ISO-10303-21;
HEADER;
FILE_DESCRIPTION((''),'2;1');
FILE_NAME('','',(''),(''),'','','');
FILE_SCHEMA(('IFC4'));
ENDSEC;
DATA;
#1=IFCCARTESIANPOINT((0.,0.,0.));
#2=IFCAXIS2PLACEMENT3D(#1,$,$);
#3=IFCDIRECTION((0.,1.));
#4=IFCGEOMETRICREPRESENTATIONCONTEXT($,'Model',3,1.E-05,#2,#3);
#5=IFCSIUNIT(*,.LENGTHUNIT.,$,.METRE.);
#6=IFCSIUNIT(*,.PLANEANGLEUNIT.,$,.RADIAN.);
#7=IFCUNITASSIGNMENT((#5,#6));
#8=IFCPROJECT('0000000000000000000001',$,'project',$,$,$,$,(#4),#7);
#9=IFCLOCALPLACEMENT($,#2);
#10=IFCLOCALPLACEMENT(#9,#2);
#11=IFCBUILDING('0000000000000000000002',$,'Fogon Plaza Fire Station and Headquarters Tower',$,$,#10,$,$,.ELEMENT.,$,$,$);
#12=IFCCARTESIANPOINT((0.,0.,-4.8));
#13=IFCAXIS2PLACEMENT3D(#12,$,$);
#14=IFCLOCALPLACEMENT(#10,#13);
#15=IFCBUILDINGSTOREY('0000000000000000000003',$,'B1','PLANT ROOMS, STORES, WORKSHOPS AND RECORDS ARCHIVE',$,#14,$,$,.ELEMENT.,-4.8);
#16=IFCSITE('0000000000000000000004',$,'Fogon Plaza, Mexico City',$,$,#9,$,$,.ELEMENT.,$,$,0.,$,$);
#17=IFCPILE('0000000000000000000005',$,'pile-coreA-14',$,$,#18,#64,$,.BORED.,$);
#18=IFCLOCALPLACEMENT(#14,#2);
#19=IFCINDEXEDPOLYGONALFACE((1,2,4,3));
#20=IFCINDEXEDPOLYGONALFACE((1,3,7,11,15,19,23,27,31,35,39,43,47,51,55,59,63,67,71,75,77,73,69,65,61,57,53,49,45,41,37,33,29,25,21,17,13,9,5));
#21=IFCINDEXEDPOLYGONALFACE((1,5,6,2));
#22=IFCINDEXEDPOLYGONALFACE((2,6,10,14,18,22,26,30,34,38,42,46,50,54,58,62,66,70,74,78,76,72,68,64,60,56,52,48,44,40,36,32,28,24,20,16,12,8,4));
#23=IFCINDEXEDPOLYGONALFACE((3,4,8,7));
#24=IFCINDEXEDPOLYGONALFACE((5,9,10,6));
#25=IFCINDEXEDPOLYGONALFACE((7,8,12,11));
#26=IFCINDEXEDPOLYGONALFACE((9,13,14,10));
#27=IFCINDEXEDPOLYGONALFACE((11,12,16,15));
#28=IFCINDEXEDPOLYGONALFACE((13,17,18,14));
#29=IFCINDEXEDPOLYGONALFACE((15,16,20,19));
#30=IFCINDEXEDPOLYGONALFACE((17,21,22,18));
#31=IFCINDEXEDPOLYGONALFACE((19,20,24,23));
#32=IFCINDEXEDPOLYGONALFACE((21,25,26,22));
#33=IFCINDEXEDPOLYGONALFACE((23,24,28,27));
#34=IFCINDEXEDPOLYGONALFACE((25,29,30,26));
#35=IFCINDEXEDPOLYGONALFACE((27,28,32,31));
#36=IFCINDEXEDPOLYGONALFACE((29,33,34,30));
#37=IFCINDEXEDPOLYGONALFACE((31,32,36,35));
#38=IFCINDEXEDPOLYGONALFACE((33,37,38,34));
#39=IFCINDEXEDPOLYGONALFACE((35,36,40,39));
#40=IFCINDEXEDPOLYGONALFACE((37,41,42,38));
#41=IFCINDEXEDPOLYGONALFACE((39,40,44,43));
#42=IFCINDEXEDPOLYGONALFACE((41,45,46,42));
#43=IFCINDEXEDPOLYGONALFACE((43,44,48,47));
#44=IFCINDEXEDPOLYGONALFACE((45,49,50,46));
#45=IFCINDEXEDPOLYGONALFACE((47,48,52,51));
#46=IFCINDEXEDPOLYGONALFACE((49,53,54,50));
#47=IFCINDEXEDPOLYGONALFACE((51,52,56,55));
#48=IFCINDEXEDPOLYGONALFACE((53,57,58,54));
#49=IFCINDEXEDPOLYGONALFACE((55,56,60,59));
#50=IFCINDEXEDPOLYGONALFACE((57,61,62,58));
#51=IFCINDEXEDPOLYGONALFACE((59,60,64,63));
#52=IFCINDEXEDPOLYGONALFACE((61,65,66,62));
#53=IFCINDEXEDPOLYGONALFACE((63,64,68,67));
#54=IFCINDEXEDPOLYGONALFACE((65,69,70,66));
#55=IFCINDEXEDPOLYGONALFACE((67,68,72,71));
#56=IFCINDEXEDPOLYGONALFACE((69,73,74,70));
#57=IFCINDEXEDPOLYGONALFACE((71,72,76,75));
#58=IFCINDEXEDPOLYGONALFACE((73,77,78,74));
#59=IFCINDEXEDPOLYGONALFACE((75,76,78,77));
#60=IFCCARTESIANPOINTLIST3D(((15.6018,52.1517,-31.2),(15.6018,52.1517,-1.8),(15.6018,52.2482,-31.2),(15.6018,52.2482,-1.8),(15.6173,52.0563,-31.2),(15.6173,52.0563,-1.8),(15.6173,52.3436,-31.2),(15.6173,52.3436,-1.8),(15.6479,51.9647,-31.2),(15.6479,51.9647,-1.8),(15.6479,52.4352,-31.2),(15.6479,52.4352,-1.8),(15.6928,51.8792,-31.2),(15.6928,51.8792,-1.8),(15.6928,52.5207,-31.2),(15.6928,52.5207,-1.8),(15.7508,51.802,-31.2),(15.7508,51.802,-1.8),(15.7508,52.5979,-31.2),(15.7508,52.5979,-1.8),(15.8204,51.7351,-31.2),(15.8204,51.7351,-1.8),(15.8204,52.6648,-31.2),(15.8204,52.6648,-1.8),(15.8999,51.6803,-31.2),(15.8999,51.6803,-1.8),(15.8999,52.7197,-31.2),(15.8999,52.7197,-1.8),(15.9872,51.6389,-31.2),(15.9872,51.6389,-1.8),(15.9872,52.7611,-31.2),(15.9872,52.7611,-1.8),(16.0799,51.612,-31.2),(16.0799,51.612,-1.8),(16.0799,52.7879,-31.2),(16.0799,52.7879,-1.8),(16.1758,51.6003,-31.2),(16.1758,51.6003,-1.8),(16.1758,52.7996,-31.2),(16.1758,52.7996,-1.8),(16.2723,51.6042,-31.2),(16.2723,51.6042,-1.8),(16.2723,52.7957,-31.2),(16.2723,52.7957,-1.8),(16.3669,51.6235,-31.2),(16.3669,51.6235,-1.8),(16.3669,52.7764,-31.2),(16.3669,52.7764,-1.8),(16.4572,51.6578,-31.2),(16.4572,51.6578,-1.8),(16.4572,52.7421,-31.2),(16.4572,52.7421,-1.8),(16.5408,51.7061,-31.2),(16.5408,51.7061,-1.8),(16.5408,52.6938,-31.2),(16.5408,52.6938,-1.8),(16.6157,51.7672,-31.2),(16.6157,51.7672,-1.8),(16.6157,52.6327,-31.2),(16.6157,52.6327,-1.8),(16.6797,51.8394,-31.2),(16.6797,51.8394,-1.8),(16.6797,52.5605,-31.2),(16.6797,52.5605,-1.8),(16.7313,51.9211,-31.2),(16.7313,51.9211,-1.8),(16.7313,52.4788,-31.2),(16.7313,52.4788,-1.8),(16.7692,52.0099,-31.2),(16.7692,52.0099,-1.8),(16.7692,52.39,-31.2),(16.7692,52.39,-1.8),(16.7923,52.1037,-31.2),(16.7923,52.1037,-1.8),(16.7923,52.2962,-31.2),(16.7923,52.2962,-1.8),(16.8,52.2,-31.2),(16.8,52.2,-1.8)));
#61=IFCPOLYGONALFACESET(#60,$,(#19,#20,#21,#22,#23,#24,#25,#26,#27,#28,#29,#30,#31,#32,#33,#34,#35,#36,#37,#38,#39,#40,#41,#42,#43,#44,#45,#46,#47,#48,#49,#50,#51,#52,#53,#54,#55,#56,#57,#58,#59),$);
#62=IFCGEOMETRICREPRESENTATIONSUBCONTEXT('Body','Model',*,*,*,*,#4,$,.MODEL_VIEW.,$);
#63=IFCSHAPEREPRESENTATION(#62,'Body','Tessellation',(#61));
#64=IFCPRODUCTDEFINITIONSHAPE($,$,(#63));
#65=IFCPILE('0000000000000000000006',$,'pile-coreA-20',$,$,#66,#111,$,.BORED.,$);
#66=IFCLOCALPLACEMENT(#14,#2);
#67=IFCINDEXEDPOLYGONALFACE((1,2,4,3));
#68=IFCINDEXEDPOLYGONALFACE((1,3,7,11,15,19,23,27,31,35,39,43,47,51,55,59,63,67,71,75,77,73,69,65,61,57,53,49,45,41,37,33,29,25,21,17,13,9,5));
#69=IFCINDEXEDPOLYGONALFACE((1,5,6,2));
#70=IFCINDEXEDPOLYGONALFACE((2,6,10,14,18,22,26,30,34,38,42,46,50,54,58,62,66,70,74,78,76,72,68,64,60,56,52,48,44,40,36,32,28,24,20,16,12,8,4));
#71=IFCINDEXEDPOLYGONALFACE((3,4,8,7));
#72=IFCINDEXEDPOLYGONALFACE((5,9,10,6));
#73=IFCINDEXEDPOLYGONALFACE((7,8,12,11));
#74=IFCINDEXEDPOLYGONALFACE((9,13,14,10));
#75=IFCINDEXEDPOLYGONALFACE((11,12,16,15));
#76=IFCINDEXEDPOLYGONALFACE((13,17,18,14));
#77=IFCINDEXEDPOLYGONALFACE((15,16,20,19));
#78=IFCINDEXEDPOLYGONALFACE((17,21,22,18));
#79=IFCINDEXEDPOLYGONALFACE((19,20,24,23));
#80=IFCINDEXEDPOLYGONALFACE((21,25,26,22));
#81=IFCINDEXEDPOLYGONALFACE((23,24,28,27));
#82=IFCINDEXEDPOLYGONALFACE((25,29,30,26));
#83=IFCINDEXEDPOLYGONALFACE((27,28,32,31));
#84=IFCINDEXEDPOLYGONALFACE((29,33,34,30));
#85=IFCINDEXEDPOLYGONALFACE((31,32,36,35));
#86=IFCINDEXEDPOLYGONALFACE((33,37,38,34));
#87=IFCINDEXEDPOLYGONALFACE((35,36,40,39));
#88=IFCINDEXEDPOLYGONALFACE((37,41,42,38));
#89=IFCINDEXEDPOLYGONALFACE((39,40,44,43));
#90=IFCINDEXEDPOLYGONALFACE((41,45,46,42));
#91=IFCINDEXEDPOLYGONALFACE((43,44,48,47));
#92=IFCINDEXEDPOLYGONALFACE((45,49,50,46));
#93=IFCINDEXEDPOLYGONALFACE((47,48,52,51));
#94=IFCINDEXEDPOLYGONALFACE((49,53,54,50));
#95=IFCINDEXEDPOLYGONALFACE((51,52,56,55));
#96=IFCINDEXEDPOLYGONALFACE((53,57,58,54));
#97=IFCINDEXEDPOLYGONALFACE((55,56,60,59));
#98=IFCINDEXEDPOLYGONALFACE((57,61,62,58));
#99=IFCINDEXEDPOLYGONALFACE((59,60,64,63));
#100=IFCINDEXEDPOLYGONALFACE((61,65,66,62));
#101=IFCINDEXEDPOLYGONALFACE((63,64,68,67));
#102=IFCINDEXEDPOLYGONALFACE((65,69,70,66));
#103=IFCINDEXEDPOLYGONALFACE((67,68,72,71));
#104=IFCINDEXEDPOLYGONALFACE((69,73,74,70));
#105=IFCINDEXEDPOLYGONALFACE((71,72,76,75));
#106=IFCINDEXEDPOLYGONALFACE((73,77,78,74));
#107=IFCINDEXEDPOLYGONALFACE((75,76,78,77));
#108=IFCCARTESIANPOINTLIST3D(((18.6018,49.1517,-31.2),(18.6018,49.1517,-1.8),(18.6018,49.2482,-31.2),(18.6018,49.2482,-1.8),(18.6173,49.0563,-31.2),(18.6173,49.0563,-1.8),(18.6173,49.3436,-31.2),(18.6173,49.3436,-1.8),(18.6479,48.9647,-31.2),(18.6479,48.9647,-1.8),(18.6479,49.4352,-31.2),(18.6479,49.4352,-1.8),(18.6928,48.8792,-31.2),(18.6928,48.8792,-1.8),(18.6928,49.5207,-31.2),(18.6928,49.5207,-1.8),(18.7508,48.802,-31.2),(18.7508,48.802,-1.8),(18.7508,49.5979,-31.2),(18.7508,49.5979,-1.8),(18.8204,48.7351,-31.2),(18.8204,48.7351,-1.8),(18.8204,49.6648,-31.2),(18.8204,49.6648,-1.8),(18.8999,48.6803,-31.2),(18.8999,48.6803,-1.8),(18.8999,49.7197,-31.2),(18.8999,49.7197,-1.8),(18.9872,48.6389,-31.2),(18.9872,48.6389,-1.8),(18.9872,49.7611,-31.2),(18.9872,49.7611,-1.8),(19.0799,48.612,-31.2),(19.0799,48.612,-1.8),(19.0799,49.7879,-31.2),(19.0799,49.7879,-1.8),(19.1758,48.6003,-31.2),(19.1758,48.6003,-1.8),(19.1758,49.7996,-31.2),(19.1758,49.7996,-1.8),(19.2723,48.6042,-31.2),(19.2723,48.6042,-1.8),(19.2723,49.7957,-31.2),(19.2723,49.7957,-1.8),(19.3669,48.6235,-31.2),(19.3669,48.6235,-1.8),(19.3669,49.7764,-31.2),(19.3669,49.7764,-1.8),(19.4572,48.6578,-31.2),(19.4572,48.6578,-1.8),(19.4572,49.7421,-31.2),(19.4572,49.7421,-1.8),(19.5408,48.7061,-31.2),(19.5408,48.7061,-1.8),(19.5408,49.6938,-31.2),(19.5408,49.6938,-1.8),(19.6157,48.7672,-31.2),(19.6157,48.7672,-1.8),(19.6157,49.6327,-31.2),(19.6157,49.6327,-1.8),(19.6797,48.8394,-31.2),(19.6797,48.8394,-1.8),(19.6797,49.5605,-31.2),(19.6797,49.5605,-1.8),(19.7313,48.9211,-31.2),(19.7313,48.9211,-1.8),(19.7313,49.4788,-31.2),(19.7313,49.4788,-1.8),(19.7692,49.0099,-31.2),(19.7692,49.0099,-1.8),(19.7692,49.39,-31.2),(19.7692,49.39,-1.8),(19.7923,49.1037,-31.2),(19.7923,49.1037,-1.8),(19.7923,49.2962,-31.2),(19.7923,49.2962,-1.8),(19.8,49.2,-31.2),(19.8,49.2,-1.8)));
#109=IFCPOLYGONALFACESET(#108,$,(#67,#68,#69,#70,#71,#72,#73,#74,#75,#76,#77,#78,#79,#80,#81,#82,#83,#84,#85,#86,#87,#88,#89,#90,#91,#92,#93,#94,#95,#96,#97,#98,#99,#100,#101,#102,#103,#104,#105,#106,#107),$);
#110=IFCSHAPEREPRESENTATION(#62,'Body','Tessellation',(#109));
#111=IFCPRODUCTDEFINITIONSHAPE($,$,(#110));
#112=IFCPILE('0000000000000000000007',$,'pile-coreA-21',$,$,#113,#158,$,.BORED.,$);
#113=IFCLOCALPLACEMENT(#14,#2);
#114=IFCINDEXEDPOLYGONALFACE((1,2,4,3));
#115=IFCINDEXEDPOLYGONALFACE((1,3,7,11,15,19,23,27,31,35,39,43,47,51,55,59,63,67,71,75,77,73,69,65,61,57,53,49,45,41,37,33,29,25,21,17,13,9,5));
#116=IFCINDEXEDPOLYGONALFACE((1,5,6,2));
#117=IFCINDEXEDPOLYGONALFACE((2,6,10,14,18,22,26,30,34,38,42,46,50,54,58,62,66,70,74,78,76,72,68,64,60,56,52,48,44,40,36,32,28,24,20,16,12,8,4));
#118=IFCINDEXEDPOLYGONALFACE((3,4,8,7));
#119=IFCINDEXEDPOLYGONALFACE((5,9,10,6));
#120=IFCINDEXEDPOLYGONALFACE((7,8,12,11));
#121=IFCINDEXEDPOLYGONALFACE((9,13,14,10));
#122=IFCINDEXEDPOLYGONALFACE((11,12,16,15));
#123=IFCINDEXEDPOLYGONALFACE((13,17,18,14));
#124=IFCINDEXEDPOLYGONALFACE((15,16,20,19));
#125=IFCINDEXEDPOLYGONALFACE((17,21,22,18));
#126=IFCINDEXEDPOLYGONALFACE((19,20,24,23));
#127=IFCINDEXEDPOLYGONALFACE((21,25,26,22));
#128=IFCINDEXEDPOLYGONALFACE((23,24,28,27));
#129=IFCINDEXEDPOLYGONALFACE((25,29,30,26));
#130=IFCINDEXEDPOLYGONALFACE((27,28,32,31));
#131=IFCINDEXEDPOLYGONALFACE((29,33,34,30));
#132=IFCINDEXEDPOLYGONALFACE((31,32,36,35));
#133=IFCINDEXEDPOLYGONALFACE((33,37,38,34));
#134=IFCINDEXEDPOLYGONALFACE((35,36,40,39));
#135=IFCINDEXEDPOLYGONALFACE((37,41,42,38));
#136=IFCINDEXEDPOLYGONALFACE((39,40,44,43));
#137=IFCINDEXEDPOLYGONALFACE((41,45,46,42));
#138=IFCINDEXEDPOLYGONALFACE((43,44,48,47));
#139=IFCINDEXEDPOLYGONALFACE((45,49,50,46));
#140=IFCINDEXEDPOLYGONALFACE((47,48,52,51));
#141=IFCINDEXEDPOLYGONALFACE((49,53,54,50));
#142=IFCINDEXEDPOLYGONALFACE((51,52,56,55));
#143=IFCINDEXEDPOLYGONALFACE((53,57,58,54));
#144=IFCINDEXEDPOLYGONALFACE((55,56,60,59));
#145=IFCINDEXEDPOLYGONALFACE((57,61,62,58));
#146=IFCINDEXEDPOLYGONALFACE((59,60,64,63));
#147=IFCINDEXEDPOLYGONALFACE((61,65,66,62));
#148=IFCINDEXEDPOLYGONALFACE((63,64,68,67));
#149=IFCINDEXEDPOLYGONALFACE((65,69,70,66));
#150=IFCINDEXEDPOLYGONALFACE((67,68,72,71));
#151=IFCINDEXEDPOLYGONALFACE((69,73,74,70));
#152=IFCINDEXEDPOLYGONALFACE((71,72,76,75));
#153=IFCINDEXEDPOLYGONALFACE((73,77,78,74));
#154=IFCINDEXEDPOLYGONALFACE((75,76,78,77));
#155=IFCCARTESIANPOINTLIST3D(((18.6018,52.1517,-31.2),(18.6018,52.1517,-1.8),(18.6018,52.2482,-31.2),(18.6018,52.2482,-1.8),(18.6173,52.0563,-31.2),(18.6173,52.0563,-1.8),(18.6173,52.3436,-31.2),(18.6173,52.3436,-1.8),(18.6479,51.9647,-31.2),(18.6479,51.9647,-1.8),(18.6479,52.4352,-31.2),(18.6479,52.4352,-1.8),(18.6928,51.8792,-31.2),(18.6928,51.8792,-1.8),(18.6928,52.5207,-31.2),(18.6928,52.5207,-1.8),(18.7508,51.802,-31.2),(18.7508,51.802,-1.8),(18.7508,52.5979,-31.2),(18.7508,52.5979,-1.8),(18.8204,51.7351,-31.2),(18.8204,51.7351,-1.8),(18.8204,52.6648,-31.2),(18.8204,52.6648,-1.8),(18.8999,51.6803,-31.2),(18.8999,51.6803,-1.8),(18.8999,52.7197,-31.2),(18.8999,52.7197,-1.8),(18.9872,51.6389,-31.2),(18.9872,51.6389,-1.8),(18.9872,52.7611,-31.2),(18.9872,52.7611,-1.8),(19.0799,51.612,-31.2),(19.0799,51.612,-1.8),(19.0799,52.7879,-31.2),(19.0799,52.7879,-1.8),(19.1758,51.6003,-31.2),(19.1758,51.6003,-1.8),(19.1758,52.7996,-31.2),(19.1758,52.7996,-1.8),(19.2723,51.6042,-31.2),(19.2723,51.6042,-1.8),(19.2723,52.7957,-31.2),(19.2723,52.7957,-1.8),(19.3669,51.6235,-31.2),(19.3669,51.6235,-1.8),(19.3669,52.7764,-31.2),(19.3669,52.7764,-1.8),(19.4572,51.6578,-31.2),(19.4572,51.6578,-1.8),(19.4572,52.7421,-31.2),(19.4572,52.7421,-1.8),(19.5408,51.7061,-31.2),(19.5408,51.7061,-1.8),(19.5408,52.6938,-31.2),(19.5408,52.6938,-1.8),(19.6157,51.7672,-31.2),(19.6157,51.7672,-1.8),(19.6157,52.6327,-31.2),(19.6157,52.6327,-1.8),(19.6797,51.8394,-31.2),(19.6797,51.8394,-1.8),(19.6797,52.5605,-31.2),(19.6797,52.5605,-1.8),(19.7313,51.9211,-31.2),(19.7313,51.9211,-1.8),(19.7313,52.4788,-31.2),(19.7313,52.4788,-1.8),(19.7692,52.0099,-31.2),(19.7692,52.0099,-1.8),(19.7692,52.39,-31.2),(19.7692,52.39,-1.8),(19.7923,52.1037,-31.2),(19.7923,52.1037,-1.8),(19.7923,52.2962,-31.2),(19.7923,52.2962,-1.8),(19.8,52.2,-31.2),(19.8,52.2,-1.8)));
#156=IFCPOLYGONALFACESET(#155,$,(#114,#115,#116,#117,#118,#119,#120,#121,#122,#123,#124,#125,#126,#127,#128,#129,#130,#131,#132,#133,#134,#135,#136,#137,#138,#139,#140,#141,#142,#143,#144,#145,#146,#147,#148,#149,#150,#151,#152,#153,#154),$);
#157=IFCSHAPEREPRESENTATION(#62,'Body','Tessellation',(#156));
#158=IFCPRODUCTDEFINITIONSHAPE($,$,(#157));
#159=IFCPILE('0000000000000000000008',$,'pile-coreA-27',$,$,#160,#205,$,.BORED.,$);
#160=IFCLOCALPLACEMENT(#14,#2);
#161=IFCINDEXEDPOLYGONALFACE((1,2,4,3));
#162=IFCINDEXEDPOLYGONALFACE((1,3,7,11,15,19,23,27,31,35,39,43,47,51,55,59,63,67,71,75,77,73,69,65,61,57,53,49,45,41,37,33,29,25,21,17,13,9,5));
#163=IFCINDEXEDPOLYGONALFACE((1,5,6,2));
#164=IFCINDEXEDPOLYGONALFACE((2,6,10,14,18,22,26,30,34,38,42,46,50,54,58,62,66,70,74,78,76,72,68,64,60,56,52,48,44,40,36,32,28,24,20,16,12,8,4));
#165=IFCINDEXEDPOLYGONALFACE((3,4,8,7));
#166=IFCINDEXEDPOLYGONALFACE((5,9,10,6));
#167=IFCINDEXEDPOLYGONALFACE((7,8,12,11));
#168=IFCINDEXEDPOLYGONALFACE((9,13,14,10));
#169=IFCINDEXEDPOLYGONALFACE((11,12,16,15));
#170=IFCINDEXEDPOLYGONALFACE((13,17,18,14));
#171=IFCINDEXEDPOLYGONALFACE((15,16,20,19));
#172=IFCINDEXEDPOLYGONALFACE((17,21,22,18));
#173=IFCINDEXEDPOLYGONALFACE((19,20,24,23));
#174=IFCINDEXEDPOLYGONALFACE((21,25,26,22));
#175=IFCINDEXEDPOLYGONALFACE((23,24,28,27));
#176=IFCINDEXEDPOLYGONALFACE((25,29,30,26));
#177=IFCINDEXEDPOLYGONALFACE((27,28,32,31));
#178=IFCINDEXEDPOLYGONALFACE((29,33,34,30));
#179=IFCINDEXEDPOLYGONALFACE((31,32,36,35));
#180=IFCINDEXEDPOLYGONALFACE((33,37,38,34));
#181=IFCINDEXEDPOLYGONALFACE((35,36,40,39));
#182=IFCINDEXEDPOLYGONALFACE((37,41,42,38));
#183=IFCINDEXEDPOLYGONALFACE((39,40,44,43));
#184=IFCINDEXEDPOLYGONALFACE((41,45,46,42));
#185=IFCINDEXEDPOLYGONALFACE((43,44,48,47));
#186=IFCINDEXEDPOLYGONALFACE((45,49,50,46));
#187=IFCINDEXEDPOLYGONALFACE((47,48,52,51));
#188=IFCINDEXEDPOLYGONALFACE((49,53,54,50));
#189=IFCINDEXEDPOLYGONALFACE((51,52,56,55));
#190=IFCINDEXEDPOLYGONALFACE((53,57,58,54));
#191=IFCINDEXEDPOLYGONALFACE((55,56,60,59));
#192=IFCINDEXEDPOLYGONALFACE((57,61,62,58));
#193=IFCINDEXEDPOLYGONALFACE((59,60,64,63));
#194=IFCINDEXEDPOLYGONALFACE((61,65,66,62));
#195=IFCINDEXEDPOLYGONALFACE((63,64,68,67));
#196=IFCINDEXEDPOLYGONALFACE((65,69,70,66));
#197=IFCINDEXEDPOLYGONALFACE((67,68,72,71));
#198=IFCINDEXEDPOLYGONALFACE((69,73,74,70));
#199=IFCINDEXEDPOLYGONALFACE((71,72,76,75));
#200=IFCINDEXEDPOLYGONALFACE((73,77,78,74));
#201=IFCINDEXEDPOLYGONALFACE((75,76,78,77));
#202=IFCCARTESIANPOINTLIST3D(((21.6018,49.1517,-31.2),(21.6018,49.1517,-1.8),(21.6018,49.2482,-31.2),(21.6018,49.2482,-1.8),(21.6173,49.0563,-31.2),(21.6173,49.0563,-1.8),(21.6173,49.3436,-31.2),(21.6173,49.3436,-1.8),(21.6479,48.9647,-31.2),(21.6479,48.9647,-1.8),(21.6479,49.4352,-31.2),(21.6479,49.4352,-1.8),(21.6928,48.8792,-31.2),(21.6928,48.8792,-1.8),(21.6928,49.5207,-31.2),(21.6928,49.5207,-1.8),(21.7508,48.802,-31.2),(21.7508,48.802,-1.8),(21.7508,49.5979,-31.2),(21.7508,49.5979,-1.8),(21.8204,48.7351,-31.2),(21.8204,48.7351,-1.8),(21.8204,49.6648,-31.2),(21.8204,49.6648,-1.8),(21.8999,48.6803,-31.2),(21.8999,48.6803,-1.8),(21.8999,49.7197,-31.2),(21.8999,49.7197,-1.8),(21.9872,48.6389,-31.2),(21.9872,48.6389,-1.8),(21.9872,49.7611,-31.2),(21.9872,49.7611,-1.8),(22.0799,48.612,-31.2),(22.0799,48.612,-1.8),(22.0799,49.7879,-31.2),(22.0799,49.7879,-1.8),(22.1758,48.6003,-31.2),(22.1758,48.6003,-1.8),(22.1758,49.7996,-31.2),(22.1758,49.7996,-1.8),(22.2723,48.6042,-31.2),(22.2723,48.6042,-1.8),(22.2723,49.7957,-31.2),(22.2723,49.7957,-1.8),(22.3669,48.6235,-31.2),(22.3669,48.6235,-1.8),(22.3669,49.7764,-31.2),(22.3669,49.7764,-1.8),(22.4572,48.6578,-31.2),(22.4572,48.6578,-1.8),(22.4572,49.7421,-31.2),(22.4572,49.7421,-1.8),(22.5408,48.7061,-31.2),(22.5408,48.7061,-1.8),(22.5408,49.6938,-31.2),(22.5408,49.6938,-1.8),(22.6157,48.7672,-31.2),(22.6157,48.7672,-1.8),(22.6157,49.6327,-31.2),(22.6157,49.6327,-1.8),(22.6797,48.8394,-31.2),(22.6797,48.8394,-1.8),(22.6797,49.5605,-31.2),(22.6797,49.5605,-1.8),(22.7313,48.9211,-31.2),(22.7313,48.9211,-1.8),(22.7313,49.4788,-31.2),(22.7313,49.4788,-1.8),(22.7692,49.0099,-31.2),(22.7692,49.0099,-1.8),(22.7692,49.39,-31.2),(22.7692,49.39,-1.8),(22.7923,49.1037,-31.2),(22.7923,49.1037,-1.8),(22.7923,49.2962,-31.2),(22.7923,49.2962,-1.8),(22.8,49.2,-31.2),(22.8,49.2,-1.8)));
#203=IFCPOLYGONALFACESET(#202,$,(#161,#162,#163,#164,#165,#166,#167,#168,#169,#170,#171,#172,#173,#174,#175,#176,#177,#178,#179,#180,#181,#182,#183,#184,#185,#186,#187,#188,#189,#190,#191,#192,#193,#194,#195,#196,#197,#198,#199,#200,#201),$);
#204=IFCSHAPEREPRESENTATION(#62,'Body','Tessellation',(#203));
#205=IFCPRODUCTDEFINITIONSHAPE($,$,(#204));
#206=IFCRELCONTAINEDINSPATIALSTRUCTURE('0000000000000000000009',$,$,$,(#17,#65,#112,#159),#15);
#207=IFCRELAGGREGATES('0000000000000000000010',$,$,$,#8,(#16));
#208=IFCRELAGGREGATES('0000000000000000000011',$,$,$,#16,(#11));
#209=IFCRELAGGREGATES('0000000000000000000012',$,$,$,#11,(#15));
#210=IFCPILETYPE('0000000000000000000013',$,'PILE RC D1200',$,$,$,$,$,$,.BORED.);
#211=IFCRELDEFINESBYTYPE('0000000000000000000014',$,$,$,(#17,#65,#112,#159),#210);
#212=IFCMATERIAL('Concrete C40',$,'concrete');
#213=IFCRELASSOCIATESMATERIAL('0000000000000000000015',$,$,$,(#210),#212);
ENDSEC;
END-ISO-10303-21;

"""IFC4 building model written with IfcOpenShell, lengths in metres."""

from ifc_helpers import new_model, si_unit, direction, frame, origin, origin_2d, place, context, subcontext, project, spatial, circle, extrude, material, material_profile, profile_set, type_object, element, save


model = new_model("IFC4")

# Units and contexts
model_context = context("Model", 3, precision=1e-05, world=origin(), true_north=direction((0.0, 1.0)))
body_context = subcontext(model_context, "Body", "Model", "MODEL_VIEW")
ifc_project = project(units=[si_unit("LENGTHUNIT", "METRE"), si_unit("PLANEANGLEUNIT", "RADIAN")], contexts=[model_context])

# Site, building, storey
site_placement = place(None, origin())
site = spatial("IfcSite", under=ifc_project, at=site_placement, Name="Fogon Plaza, Mexico City", CompositionType="ELEMENT", RefElevation=0.0)
building_placement = place(site_placement, origin())
building = spatial("IfcBuilding", under=site, at=building_placement, Name="Fogon Plaza Fire Station and Headquarters Tower", CompositionType="ELEMENT")
storey_placement = place(building_placement, frame((0.0, 0.0, -4.8)))
storey = spatial("IfcBuildingStorey", under=building, at=storey_placement, Name="B1", Description="PLANT ROOMS, STORES, WORKSHOPS AND RECORDS ARCHIVE", CompositionType="ELEMENT", Elevation=-4.8)

# Piles
ifc_material_1 = material(Name="Concrete C40", Category="concrete")
ifc_material_profile_1 = material_profile(ifc_material_1, circle(Radius=0.6001, at=origin_2d()), Name="RC D1200")
ifc_profile_set_1 = profile_set([ifc_material_profile_1], Name="Concrete C40")
pile_type_1 = type_object("IfcPileType", Name="PILE RC D1200", PredefinedType="BORED", material=ifc_profile_set_1)
for number, where, z_axis, x_axis, name in (
    (1, (16.2, 52.2, -1.8), (0.0, 0.0, -1.0), (1.0, 0.0, 0.0), "pile-coreA-14"),
    (2, (19.2, 49.2, -1.8), (0.0, 0.0, -1.0), (1.0, 0.0, 0.0), "pile-coreA-20"),
    (3, (19.2, 52.2, -1.8), (0.0, 0.0, -1.0), (1.0, 0.0, 0.0), "pile-coreA-21"),
    (4, (22.2, 49.2, -1.8), (0.0, 0.0, -1.0), (1.0, 0.0, 0.0), "pile-coreA-27"),
):
    element("IfcPile", number, at=place(storey_placement, frame(where, z_axis=z_axis, x_axis=x_axis)), inside=storey, type_object=pile_type_1, Name=name, PredefinedType="BORED", context=body_context, shape_type="SweptSolid", body=[
        extrude(circle(Radius=0.6001, at=origin_2d()), origin(), (0.0, 0.0, 1.0), 29.3999),
    ])

save(model, "model.ifc")
